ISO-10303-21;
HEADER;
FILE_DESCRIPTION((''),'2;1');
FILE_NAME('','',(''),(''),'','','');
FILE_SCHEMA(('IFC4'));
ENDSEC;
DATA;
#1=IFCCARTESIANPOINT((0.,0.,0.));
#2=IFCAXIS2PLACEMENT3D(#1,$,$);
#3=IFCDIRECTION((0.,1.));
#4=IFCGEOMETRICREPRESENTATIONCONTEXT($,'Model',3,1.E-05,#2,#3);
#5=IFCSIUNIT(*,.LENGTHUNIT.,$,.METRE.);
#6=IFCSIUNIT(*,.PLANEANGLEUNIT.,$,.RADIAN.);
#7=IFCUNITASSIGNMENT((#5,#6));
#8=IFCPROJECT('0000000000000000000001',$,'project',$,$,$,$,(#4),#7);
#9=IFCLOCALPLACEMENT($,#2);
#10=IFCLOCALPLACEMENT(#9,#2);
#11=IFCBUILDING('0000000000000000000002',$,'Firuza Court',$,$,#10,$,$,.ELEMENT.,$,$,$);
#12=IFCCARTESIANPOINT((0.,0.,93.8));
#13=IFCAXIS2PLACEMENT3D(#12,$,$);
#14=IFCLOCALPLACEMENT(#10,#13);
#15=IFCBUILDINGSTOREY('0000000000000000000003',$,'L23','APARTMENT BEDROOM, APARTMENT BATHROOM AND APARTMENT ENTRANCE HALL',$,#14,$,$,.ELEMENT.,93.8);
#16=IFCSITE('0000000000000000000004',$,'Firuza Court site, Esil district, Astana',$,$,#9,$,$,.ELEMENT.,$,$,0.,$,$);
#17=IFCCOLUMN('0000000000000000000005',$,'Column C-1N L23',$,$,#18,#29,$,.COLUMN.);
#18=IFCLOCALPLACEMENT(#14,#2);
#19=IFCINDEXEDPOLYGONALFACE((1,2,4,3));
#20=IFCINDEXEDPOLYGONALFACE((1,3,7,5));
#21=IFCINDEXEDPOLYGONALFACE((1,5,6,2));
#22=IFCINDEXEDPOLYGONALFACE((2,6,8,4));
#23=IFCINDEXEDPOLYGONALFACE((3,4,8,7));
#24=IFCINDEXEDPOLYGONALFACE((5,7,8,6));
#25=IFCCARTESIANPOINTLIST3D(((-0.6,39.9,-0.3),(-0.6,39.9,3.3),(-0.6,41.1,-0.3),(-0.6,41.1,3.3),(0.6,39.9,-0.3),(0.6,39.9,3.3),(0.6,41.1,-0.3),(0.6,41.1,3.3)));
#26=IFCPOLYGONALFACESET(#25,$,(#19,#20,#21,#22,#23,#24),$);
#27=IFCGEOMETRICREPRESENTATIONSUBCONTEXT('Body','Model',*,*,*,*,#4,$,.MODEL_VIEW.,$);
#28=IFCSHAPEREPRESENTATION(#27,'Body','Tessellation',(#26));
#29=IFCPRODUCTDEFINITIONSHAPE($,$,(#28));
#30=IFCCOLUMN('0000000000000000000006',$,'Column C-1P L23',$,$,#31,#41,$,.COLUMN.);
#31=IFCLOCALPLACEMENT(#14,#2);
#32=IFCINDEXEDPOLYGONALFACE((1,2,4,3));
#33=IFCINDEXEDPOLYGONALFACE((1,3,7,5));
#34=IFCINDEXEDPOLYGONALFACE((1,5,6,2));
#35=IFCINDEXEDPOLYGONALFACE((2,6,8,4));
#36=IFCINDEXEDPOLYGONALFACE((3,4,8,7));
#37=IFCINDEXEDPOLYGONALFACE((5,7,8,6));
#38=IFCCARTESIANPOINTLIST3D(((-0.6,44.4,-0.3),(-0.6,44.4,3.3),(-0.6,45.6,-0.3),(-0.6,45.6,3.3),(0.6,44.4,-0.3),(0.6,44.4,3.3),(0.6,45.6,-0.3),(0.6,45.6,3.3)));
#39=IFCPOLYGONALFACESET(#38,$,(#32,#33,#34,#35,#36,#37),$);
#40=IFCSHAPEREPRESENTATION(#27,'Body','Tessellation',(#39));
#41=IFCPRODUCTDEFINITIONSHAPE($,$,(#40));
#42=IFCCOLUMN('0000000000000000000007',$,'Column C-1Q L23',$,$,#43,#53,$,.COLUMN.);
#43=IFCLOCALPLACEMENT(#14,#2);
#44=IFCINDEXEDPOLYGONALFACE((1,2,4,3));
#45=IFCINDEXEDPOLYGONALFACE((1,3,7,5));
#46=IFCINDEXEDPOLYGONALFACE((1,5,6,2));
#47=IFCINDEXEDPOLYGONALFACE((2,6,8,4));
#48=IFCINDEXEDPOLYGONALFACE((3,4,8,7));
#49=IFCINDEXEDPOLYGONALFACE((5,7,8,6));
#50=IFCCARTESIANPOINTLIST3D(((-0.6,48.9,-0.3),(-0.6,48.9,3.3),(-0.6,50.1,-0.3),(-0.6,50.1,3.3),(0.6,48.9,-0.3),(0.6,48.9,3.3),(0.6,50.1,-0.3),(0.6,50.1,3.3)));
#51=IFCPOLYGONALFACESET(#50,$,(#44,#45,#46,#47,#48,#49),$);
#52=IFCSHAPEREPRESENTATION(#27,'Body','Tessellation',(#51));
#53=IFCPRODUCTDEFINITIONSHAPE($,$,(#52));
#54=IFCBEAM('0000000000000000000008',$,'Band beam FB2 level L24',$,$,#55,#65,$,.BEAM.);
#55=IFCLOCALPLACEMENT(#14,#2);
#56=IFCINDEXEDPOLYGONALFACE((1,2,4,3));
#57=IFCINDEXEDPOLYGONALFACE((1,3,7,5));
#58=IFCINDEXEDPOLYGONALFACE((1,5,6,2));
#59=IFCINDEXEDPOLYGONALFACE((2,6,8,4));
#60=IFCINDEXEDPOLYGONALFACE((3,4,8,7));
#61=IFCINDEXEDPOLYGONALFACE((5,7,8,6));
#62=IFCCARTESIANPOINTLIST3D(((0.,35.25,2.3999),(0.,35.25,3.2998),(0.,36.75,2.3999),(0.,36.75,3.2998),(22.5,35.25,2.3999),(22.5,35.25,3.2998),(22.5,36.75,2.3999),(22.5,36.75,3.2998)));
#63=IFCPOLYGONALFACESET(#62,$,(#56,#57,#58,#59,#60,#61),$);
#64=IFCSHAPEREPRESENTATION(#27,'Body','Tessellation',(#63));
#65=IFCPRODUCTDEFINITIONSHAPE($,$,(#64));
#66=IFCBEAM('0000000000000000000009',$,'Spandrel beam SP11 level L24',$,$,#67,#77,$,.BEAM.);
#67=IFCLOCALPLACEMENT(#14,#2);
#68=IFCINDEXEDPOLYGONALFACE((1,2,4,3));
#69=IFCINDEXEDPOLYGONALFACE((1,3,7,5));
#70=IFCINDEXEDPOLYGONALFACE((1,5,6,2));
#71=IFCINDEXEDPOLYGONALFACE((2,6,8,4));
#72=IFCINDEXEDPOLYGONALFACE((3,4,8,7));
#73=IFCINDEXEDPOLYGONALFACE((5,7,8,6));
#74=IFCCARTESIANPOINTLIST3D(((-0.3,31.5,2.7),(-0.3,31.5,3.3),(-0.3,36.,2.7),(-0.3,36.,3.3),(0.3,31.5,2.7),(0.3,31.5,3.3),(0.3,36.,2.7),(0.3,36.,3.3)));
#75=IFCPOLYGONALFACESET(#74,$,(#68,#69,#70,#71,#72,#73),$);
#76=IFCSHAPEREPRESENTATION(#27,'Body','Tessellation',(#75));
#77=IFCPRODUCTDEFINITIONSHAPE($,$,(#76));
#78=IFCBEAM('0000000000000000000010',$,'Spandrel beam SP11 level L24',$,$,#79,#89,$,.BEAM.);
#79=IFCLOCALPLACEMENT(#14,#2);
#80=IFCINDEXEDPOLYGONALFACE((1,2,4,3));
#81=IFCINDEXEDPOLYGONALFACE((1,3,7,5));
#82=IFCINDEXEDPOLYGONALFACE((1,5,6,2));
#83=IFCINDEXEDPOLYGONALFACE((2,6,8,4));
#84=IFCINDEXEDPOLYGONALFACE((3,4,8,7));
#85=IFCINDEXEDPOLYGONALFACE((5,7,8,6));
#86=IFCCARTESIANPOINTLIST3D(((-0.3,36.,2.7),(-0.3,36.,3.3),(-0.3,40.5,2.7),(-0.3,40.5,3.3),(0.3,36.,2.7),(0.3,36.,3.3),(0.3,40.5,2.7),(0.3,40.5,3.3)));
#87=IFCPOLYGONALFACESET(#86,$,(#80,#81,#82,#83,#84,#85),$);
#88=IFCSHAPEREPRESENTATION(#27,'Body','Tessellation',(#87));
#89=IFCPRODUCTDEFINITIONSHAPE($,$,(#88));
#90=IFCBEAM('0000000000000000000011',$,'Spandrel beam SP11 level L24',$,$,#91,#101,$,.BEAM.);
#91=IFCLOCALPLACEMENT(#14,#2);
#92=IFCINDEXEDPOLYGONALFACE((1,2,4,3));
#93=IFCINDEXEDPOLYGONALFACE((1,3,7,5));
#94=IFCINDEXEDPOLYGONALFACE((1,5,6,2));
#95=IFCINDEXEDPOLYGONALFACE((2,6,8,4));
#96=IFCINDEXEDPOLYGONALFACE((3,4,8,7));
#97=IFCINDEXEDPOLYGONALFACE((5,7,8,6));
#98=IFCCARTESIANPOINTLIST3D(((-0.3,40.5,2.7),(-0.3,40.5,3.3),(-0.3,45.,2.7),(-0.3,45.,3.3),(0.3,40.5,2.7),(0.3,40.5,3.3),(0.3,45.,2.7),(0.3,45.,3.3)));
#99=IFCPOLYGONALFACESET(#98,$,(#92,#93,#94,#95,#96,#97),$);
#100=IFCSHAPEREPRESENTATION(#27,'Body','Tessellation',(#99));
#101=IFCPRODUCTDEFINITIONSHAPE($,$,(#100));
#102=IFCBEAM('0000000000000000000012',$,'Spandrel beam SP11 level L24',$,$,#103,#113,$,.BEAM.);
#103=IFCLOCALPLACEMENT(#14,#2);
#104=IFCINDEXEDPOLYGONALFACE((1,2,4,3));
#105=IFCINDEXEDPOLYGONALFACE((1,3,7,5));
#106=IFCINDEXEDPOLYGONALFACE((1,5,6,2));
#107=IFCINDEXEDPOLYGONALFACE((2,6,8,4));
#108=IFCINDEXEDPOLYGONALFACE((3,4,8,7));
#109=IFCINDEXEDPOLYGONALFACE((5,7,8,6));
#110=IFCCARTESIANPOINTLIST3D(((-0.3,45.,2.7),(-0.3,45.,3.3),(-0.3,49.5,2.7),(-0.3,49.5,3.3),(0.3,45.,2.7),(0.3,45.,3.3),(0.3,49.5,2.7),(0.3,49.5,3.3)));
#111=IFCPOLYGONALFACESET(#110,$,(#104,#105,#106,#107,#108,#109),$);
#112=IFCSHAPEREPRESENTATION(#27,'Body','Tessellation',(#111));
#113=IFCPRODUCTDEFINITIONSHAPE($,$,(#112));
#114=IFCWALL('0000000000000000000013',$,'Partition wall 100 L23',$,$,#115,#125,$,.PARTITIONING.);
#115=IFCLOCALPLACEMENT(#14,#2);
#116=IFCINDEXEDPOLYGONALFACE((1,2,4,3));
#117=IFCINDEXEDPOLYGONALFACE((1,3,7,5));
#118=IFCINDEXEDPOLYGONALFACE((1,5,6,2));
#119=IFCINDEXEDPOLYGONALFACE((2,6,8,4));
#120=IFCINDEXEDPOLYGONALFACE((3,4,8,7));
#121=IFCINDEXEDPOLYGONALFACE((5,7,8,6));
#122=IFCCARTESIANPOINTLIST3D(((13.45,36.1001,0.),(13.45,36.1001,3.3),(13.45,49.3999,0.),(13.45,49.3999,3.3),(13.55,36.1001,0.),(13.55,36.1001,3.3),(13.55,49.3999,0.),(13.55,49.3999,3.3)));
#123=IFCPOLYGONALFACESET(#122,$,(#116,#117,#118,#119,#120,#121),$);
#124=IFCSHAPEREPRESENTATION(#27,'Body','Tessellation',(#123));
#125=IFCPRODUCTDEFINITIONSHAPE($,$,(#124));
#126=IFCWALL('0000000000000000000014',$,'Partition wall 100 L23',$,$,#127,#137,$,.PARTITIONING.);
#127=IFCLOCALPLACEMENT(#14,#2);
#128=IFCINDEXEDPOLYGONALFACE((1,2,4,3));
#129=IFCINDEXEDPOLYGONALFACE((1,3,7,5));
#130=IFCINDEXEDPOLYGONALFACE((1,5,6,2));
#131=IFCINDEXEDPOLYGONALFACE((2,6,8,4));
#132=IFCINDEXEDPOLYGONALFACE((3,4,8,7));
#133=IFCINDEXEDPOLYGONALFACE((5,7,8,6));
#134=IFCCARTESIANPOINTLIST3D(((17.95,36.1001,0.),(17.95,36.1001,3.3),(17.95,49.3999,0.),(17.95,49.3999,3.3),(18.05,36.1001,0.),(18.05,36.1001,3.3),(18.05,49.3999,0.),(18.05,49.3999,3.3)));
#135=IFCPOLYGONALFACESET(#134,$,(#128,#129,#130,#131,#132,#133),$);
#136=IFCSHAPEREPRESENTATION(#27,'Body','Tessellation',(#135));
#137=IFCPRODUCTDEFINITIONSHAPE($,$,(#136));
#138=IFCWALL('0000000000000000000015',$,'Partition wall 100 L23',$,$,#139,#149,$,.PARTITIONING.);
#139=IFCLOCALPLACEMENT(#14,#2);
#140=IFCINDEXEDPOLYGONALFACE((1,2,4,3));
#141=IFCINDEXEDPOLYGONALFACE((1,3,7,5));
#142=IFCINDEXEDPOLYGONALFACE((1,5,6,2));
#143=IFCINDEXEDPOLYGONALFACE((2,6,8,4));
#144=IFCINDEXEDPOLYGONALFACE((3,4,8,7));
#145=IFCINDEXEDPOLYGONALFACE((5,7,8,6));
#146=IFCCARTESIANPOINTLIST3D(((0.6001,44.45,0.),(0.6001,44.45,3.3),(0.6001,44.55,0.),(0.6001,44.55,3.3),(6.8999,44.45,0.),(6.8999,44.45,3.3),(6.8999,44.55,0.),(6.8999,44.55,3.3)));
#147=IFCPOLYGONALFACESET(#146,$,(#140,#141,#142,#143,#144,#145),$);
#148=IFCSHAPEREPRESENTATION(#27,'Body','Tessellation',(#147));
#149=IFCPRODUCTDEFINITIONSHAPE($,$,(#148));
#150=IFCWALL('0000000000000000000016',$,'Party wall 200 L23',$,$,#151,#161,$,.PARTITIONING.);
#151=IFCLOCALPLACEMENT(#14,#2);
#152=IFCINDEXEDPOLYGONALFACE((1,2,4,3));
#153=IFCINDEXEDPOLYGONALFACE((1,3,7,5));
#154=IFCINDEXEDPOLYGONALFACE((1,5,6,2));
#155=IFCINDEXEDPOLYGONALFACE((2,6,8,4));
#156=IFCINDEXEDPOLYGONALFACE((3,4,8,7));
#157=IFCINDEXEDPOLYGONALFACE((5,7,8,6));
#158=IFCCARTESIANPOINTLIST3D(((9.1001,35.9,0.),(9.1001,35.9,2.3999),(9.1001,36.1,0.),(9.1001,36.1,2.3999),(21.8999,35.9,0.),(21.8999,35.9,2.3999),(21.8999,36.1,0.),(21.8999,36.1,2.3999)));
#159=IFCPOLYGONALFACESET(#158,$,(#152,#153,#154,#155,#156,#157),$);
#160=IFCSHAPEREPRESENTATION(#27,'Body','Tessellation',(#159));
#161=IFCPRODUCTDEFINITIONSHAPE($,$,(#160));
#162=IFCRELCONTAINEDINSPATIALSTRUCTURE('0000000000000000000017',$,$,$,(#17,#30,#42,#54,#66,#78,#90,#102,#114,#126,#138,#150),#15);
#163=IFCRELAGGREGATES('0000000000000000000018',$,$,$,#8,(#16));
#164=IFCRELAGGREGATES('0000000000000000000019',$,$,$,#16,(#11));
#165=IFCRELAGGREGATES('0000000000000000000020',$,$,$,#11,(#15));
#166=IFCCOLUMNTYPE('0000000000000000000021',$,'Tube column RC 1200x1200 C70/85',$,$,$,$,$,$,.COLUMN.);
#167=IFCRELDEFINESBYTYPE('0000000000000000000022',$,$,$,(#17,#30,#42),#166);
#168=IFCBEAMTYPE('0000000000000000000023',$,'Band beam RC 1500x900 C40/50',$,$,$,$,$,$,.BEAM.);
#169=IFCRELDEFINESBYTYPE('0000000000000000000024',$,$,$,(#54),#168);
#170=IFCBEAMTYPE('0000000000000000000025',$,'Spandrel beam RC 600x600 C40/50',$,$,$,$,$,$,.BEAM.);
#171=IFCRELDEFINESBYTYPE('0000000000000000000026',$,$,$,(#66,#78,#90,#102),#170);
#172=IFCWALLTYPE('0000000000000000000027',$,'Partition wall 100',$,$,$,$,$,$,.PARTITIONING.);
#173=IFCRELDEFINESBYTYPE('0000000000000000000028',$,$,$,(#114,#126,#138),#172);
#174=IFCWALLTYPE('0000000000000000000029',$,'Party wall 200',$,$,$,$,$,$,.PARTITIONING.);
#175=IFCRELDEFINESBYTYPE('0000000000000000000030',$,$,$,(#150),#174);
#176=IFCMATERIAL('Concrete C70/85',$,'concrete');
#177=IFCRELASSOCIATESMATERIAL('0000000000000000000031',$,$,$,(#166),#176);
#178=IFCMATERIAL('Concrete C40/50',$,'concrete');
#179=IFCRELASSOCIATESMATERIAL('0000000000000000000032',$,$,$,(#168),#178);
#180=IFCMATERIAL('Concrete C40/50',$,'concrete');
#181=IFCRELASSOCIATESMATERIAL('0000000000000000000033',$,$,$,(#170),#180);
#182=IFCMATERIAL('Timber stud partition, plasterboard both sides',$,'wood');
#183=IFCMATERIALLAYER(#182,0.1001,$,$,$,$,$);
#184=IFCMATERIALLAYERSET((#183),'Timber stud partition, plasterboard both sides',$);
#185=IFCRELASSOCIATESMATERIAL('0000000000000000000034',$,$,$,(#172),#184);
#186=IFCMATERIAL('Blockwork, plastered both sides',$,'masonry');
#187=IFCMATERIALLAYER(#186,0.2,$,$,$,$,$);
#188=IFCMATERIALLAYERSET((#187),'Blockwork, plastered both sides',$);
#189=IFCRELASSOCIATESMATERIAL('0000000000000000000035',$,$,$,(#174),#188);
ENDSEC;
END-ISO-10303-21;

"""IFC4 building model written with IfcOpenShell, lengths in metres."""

from ifc_helpers import new_model, si_unit, direction, frame, frame_2d, origin, origin_2d, place, context, subcontext, project, spatial, rectangle, extrude, material, layer, layer_set, material_profile, profile_set, type_object, element, save


model = new_model("IFC4")

# Units and contexts
model_context = context("Model", 3, precision=1e-05, world=origin(), true_north=direction((0.0, 1.0)))
body_context = subcontext(model_context, "Body", "Model", "MODEL_VIEW")
ifc_project = project(units=[si_unit("LENGTHUNIT", "METRE"), si_unit("PLANEANGLEUNIT", "RADIAN")], contexts=[model_context])

# Site, building, storey
site_placement = place(None, origin())
site = spatial("IfcSite", under=ifc_project, at=site_placement, Name="Firuza Court site, Esil district, Astana", CompositionType="ELEMENT", RefElevation=0.0)
building_placement = place(site_placement, origin())
building = spatial("IfcBuilding", under=site, at=building_placement, Name="Firuza Court", CompositionType="ELEMENT")
storey_placement = place(building_placement, frame((0.0, 0.0, 93.8)))
storey = spatial("IfcBuildingStorey", under=building, at=storey_placement, Name="L23", Description="APARTMENT BEDROOM, APARTMENT BATHROOM AND APARTMENT ENTRANCE HALL", CompositionType="ELEMENT", Elevation=93.8)

# Columns
ifc_material_1 = material(Name="Concrete C70/85", Category="concrete")
ifc_material_profile_1 = material_profile(ifc_material_1, rectangle(XDim=1.2, YDim=1.2, at=origin_2d()), Name="RC 1200x1200")
ifc_profile_set_1 = profile_set([ifc_material_profile_1], Name="Concrete C70/85")
column_type = type_object("IfcColumnType", Name="Tube column RC 1200x1200 C70/85", PredefinedType="COLUMN", material=ifc_profile_set_1)
for number, where, z_axis, x_axis, name in (
    (1, (0.0, 40.5, -0.3), (0.0, 0.0, 1.0), (1.0, 0.0, 0.0), "Column C-1N L23"),
    (2, (0.0, 45.0, -0.3), (0.0, 0.0, 1.0), (1.0, 0.0, 0.0), "Column C-1P L23"),
    (3, (0.0, 49.5, -0.3), (0.0, 0.0, 1.0), (1.0, 0.0, 0.0), "Column C-1Q L23"),
):
    element("IfcColumn", number, at=place(storey_placement, frame(where, z_axis=z_axis, x_axis=x_axis)), inside=storey, type_object=column_type, Name=name, PredefinedType="COLUMN", context=body_context, shape_type="SweptSolid", body=[
        extrude(rectangle(XDim=1.2, YDim=1.2, at=origin_2d()), origin(), (0.0, 0.0, 1.0), 3.6001),
    ])

# Beams
ifc_material_2 = material(Name="Concrete C40/50", Category="concrete")
ifc_material_profile_2 = material_profile(ifc_material_2, rectangle(XDim=1.5, YDim=0.8999, at=origin_2d()), Name="RC 1500x900")
ifc_profile_set_2 = profile_set([ifc_material_profile_2], Name="Concrete C40/50")
beam_type_1 = type_object("IfcBeamType", Name="Band beam RC 1500x900 C40/50", PredefinedType="BEAM", material=ifc_profile_set_2)
beam_placement = place(storey_placement, frame((0.0, 36.0, 2.8499), z_axis=(1.0, 0.0, 0.0), x_axis=(0.0, 1.0, 0.0)))
element("IfcBeam", 4, at=beam_placement, inside=storey, type_object=beam_type_1, Name="Band beam FB2 level L24", PredefinedType="BEAM", context=body_context, shape_type="SweptSolid", body=[
    extrude(rectangle(XDim=1.5, YDim=0.8999, at=origin_2d()), origin(), (0.0, 0.0, 1.0), 22.5),
])
ifc_material_3 = material(Name="Concrete C40/50", Category="concrete")
ifc_material_profile_3 = material_profile(ifc_material_3, rectangle(XDim=0.6001, YDim=0.6001, at=origin_2d()), Name="RC 600x600")
ifc_profile_set_3 = profile_set([ifc_material_profile_3], Name="Concrete C40/50")
beam_type_2 = type_object("IfcBeamType", Name="Spandrel beam RC 600x600 C40/50", PredefinedType="BEAM", material=ifc_profile_set_3)
for number, where, z_axis, x_axis, name in (
    (5, (0.0, 36.0, 3.0), (0.0, -1.0, 0.0), (1.0, 0.0, 0.0), "Spandrel beam SP11 level L24"),
    (6, (0.0, 40.5, 3.0), (0.0, -1.0, 0.0), (1.0, 0.0, 0.0), "Spandrel beam SP11 level L24"),
    (7, (0.0, 45.0, 3.0), (0.0, -1.0, 0.0), (1.0, 0.0, 0.0), "Spandrel beam SP11 level L24"),
    (8, (0.0, 49.5, 3.0), (0.0, -1.0, 0.0), (1.0, 0.0, 0.0), "Spandrel beam SP11 level L24"),
):
    element("IfcBeam", number, at=place(storey_placement, frame(where, z_axis=z_axis, x_axis=x_axis)), inside=storey, type_object=beam_type_2, Name=name, PredefinedType="BEAM", context=body_context, shape_type="SweptSolid", body=[
        extrude(rectangle(XDim=0.6001, YDim=0.6001, at=origin_2d()), origin(), (0.0, 0.0, 1.0), 4.5),
    ])

# Walls
ifc_material_4 = material(Name="Timber stud partition, plasterboard both sides", Category="wood")
ifc_layer_1 = layer(ifc_material_4, 0.1001)
ifc_layer_set_1 = layer_set([ifc_layer_1], Name="Timber stud partition, plasterboard both sides")
wall_type_1 = type_object("IfcWallType", Name="Partition wall 100", PredefinedType="PARTITIONING", material=ifc_layer_set_1)
for number, where, z_axis, x_axis, name in (
    (9, (13.5, 36.1001, 0.0), (0.0, 0.0, 1.0), (0.0, 1.0, 0.0), "Partition wall 100 L23"),
    (10, (18.0, 36.1001, 0.0), (0.0, 0.0, 1.0), (0.0, 1.0, 0.0), "Partition wall 100 L23"),
):
    element("IfcWall", number, at=place(storey_placement, frame(where, z_axis=z_axis, x_axis=x_axis)), inside=storey, type_object=wall_type_1, Name=name, PredefinedType="PARTITIONING", context=body_context, shape_type="SweptSolid", body=[
        extrude(rectangle(XDim=13.2998, YDim=0.1001, at=frame_2d((6.6499, 0.0))), origin(), (0.0, 0.0, 1.0), 3.3),
    ])
wall_1_placement = place(storey_placement, frame((0.6001, 44.5, 0.0), z_axis=(0.0, 0.0, 1.0), x_axis=(1.0, 0.0, 0.0)))
element("IfcWall", 11, at=wall_1_placement, inside=storey, type_object=wall_type_1, Name="Partition wall 100 L23", PredefinedType="PARTITIONING", context=body_context, shape_type="SweptSolid", body=[
    extrude(rectangle(XDim=6.2998, YDim=0.1001, at=frame_2d((3.1499, 0.0))), origin(), (0.0, 0.0, 1.0), 3.3),
])
ifc_material_5 = material(Name="Blockwork, plastered both sides", Category="masonry")
ifc_layer_2 = layer(ifc_material_5, 0.2)
ifc_layer_set_2 = layer_set([ifc_layer_2], Name="Blockwork, plastered both sides")
wall_type_2 = type_object("IfcWallType", Name="Party wall 200", PredefinedType="PARTITIONING", material=ifc_layer_set_2)
wall_2_placement = place(storey_placement, frame((9.1001, 36.0, 0.0), z_axis=(0.0, 0.0, 1.0), x_axis=(1.0, 0.0, 0.0)))
element("IfcWall", 12, at=wall_2_placement, inside=storey, type_object=wall_type_2, Name="Party wall 200 L23", PredefinedType="PARTITIONING", context=body_context, shape_type="SweptSolid", body=[
    extrude(rectangle(XDim=12.7998, YDim=0.2, at=frame_2d((6.3999, 0.0))), origin(), (0.0, 0.0, 1.0), 2.3999),
])

save(model, "model.ifc")
